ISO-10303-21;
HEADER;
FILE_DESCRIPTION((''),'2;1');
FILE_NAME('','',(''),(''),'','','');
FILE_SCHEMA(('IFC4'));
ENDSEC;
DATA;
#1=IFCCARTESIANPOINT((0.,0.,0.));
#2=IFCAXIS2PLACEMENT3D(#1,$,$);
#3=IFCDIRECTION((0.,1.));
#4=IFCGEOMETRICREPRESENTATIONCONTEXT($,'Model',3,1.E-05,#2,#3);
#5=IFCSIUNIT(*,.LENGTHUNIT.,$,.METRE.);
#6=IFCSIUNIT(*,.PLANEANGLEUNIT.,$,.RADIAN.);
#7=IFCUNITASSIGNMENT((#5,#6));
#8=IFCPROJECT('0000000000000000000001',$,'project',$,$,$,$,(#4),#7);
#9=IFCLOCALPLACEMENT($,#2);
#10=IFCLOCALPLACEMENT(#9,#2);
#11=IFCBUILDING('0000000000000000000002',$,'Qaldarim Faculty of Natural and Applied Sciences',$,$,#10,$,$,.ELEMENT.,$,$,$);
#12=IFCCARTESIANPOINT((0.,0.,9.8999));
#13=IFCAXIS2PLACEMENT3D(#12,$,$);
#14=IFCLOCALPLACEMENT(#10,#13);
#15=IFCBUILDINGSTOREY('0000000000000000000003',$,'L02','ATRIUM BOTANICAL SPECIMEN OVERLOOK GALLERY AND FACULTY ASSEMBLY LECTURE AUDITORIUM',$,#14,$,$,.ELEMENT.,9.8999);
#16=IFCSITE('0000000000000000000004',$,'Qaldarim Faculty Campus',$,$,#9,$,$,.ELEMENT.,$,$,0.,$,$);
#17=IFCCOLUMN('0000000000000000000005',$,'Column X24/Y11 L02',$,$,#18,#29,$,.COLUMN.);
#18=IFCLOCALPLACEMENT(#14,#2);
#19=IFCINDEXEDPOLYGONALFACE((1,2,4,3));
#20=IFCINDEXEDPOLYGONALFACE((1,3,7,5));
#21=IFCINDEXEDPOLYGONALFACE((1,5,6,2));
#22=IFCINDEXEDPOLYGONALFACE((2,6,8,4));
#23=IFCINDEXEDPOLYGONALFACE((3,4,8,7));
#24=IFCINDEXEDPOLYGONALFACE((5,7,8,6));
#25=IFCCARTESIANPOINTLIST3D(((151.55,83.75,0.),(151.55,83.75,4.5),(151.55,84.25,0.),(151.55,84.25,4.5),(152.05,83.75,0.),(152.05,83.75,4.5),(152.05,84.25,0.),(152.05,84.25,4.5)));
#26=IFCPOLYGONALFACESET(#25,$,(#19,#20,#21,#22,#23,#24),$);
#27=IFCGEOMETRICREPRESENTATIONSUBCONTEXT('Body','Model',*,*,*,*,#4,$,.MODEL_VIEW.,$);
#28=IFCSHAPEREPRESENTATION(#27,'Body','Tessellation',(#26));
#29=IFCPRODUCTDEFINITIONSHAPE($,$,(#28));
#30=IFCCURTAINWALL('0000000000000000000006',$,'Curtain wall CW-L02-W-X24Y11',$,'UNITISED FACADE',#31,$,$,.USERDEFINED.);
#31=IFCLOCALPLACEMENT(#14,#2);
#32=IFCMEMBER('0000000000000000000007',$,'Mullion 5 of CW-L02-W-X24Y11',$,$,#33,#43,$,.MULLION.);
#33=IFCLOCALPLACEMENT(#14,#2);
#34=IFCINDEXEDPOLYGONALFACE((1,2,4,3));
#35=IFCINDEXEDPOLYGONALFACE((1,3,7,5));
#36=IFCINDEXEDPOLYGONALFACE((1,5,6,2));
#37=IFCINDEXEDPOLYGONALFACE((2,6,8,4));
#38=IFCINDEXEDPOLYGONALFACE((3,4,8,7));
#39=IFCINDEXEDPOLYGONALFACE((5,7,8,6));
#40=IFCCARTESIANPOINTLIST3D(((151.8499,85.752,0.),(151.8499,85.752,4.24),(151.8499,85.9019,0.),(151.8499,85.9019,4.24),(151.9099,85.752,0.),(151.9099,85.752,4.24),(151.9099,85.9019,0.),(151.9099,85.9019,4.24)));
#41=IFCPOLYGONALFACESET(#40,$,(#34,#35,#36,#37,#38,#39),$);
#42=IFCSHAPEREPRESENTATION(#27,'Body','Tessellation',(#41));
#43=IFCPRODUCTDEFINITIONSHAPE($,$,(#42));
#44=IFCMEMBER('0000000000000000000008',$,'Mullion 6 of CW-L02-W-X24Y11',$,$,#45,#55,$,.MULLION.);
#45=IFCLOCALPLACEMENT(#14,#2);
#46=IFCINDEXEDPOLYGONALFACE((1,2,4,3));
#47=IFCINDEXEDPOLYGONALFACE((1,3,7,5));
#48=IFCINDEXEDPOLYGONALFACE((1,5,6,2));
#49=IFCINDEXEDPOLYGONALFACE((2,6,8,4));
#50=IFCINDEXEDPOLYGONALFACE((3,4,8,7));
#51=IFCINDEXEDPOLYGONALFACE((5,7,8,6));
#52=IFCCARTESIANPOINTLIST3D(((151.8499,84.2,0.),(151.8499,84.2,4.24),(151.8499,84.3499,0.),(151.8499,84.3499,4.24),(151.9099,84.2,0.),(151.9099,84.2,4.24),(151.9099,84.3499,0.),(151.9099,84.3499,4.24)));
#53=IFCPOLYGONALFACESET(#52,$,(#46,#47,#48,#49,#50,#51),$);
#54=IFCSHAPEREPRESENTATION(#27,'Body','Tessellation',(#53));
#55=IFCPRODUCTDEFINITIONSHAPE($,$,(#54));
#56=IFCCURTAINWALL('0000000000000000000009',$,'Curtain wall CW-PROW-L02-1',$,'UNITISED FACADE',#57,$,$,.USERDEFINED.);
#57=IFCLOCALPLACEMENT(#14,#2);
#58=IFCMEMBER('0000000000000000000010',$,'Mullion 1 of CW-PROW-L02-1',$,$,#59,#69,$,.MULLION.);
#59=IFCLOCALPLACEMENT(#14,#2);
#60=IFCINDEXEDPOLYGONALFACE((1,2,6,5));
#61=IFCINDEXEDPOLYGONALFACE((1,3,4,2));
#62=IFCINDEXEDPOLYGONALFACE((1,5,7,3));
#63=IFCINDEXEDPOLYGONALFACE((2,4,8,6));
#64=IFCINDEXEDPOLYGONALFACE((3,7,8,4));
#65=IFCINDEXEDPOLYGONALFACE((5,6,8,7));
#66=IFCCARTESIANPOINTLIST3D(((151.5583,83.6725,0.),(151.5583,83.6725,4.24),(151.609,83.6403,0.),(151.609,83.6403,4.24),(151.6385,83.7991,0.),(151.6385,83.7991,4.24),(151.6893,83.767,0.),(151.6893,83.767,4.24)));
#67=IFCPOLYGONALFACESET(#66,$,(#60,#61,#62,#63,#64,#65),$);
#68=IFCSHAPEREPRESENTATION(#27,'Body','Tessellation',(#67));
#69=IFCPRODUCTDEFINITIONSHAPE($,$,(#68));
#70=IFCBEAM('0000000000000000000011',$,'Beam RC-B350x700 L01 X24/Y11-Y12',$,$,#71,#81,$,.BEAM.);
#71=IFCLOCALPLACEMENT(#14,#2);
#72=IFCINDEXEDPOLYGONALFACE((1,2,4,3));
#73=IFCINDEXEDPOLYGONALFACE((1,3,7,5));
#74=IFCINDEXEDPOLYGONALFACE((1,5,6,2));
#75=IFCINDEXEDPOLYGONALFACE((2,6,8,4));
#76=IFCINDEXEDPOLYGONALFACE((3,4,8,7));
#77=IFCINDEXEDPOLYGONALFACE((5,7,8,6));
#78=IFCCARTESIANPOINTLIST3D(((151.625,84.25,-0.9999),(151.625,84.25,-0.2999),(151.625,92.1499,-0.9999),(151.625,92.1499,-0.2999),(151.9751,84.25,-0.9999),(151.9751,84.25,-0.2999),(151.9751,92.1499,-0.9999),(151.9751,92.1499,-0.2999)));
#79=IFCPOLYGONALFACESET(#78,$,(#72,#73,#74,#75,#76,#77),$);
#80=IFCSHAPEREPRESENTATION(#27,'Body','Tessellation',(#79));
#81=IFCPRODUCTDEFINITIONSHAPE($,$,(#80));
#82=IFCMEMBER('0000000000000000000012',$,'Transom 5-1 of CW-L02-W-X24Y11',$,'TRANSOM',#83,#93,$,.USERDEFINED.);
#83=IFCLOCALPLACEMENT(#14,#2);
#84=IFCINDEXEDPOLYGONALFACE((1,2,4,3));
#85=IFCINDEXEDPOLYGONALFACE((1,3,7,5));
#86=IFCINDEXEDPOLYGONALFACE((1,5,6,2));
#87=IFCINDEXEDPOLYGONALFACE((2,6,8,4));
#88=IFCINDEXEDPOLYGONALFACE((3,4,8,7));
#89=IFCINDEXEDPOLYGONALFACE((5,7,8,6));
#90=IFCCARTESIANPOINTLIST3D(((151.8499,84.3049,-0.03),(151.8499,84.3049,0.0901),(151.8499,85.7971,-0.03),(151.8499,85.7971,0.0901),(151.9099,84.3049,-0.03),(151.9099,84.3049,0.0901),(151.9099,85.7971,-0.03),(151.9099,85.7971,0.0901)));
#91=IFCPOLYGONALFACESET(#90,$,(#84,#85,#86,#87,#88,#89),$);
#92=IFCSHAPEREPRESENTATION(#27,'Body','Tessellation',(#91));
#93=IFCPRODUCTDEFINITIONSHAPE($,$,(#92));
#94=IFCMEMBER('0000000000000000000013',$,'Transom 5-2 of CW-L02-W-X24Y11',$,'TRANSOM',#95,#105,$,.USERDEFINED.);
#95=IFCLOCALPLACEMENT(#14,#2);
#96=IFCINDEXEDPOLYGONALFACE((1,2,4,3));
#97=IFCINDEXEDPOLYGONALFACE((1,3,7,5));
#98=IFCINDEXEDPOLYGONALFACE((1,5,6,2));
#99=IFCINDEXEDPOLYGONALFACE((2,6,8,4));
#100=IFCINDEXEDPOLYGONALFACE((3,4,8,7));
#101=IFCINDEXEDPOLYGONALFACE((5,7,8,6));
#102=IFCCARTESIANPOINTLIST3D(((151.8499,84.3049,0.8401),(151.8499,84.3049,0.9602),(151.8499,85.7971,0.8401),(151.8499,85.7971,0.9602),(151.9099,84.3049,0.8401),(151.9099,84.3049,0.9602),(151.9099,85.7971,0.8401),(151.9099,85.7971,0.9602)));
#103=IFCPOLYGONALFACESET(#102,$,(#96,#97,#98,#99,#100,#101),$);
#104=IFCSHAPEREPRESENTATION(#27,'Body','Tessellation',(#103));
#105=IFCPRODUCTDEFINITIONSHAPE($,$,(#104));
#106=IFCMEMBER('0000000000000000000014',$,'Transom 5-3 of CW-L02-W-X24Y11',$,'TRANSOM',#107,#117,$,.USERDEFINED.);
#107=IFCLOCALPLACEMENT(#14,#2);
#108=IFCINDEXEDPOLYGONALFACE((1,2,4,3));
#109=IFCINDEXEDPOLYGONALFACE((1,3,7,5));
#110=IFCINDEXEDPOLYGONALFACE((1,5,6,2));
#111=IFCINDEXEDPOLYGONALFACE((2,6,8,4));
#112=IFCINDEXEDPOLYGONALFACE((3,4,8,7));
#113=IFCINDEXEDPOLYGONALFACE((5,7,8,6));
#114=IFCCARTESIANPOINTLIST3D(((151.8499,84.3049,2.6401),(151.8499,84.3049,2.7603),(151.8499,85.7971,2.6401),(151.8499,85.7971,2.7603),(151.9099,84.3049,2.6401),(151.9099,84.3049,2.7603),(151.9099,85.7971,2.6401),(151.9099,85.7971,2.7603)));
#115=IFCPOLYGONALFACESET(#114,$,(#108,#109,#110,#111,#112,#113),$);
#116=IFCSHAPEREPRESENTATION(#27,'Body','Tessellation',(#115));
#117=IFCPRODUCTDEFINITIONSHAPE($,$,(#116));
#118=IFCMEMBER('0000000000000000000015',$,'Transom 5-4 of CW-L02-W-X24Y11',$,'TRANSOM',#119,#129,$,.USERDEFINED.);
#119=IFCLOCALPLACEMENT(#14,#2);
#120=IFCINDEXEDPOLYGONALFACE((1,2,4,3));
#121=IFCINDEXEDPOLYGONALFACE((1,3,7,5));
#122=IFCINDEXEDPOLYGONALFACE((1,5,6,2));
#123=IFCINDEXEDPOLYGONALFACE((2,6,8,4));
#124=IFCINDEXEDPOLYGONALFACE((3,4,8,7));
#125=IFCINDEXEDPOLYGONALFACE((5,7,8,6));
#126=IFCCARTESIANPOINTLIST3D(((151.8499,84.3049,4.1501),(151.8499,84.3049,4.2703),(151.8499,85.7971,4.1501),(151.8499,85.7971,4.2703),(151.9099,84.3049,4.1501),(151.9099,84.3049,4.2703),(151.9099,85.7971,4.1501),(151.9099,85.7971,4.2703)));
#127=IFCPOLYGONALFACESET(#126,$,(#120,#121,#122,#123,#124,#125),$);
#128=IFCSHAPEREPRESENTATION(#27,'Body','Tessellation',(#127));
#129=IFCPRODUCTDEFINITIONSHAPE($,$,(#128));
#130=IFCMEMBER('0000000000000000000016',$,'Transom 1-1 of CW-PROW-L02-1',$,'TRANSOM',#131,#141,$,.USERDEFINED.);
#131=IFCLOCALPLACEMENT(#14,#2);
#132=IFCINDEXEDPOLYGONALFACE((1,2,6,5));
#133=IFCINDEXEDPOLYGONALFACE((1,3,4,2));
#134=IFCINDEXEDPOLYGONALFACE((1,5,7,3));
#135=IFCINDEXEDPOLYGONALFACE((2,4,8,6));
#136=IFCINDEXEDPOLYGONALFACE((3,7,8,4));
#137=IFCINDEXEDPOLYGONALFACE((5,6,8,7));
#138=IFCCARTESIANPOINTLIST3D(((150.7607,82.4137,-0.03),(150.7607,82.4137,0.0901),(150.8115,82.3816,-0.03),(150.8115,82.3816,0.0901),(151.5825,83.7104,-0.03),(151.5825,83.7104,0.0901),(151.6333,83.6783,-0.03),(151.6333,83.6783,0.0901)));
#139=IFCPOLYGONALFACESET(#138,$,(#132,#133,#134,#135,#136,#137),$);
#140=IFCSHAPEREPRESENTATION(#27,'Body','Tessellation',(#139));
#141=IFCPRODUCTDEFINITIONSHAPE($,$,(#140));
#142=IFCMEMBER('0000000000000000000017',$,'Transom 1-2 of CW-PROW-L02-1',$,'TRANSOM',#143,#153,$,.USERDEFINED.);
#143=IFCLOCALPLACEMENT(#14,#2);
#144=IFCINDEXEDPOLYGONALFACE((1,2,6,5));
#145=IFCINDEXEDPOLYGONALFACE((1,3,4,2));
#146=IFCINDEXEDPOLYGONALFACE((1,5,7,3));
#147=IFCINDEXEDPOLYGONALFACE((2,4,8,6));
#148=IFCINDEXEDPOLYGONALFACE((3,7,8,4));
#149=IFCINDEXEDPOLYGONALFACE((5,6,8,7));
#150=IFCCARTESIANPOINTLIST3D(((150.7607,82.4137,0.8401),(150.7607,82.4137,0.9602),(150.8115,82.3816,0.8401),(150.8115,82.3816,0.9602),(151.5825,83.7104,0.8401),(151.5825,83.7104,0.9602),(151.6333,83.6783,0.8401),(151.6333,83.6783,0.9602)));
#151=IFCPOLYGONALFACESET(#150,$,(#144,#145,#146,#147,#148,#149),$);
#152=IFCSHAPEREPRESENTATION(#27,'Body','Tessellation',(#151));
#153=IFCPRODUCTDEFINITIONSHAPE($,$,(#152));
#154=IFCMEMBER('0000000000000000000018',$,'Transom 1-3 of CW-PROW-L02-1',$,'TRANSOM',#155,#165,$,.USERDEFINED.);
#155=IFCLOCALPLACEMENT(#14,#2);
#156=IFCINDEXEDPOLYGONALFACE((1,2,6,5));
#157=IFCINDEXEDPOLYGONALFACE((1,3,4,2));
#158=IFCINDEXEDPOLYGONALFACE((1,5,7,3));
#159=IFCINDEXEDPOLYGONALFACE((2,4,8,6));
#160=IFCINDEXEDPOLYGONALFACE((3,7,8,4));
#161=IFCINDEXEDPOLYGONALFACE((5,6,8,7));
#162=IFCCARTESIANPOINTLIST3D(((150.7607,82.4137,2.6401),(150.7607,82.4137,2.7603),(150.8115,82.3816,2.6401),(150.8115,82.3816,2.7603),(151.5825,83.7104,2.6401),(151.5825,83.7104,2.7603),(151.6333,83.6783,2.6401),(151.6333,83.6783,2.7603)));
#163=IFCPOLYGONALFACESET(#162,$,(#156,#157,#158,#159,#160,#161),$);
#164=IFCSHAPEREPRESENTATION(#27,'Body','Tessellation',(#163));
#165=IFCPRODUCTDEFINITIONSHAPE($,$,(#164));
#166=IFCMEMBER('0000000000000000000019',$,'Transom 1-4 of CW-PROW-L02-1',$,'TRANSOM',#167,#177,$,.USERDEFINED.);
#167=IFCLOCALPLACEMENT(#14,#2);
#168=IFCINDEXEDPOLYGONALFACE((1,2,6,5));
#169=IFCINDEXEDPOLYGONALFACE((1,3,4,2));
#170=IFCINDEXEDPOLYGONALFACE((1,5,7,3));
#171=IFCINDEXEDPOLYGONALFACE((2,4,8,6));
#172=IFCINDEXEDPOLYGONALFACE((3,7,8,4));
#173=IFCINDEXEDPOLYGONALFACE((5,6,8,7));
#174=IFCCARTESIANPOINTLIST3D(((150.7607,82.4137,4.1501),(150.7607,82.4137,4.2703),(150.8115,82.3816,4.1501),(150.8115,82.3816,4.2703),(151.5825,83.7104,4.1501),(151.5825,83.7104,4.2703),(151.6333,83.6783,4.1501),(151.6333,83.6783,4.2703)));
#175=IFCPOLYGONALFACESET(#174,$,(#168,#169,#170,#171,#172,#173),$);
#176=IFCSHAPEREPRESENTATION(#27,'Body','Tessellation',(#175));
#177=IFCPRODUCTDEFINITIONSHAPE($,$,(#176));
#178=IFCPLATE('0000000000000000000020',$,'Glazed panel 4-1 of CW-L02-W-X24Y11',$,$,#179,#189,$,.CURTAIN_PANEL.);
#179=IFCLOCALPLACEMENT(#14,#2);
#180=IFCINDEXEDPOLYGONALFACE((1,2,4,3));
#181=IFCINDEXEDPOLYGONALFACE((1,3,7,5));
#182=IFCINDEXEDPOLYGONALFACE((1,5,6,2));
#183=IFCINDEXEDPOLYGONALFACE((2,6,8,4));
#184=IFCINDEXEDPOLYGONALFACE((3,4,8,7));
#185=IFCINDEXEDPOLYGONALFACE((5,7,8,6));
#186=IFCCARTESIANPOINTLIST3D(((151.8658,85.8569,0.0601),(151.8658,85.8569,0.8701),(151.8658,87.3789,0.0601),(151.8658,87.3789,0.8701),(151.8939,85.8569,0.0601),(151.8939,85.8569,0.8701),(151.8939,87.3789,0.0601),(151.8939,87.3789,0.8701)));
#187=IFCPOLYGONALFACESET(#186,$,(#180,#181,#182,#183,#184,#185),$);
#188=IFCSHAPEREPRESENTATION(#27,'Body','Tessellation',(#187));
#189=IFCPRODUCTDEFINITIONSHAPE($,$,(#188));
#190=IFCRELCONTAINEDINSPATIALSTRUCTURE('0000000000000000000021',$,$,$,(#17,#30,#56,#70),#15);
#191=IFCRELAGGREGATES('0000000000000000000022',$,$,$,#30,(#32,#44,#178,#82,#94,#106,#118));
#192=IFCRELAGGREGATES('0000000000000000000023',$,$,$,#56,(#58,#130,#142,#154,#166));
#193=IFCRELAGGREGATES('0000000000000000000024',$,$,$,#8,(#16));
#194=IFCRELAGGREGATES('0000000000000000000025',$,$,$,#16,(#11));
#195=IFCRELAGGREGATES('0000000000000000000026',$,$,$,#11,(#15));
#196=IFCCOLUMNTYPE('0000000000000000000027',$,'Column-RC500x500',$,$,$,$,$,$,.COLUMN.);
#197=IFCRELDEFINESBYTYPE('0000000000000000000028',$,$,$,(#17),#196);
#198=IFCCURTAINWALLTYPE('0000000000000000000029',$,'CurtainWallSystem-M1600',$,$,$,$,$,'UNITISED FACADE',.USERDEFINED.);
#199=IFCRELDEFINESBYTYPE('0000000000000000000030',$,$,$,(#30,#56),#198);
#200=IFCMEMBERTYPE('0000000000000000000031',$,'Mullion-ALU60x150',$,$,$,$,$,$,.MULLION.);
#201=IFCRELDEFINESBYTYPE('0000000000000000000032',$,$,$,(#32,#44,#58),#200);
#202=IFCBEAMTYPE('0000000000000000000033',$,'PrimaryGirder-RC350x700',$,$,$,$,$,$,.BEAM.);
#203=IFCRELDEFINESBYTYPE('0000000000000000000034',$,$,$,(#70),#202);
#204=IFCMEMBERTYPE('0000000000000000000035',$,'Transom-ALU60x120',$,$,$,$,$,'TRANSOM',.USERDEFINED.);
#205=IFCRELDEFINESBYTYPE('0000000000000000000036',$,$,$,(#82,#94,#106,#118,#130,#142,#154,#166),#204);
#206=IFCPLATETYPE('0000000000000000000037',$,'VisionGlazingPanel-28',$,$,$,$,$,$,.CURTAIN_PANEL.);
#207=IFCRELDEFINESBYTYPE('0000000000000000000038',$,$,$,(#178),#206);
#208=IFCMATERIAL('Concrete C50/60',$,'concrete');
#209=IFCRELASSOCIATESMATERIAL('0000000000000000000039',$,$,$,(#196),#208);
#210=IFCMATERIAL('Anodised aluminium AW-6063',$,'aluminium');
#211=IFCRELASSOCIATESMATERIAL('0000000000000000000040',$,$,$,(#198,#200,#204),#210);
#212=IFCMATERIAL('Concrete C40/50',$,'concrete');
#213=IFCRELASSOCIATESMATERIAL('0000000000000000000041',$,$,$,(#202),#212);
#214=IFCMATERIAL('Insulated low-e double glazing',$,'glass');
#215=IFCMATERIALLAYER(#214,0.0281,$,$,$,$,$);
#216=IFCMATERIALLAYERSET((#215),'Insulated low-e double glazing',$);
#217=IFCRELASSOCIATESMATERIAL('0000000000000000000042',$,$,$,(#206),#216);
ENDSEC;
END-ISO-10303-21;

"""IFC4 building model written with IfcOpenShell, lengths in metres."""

from ifc_helpers import new_model, si_unit, direction, frame, origin, origin_2d, place, context, subcontext, project, spatial, rectangle, extrude, material, layer, layer_set, material_profile, profile_set, type_object, element, aggregate, save


model = new_model("IFC4")

# Units and contexts
model_context = context("Model", 3, precision=1e-05, world=origin(), true_north=direction((0.0, 1.0)))
body_context = subcontext(model_context, "Body", "Model", "MODEL_VIEW")
ifc_project = project(units=[si_unit("LENGTHUNIT", "METRE"), si_unit("PLANEANGLEUNIT", "RADIAN")], contexts=[model_context])

# Site, building, storey
site_placement = place(None, origin())
site = spatial("IfcSite", under=ifc_project, at=site_placement, Name="Qaldarim Faculty Campus", CompositionType="ELEMENT", RefElevation=0.0)
building_placement = place(site_placement, origin())
building = spatial("IfcBuilding", under=site, at=building_placement, Name="Qaldarim Faculty of Natural and Applied Sciences", CompositionType="ELEMENT")
storey_placement = place(building_placement, frame((0.0, 0.0, 9.8999)))
storey = spatial("IfcBuildingStorey", under=building, at=storey_placement, Name="L02", Description="ATRIUM BOTANICAL SPECIMEN OVERLOOK GALLERY AND FACULTY ASSEMBLY LECTURE AUDITORIUM", CompositionType="ELEMENT", Elevation=9.8999)

# Column
ifc_material_1 = material(Name="Concrete C50/60", Category="concrete")
ifc_material_profile_1 = material_profile(ifc_material_1, rectangle(XDim=0.5, YDim=0.5, at=origin_2d()), Name="RC-C500x500")
ifc_profile_set_1 = profile_set([ifc_material_profile_1], Name="Concrete C50/60")
column_type = type_object("IfcColumnType", Name="Column-RC500x500", PredefinedType="COLUMN", material=ifc_profile_set_1)
column_placement = place(storey_placement, frame((151.8, 84.0, 0.0), z_axis=(0.0, 0.0, 1.0), x_axis=(1.0, 0.0, 0.0)))
element("IfcColumn", 1, at=column_placement, inside=storey, type_object=column_type, Name="Column X24/Y11 L02", PredefinedType="COLUMN", context=body_context, shape_type="SweptSolid", body=[
    extrude(rectangle(XDim=0.5, YDim=0.5, at=origin_2d()), origin(), (0.0, 0.0, 1.0), 4.5),
])

# Curtain wall, members
ifc_material_2 = material(Name="Anodised aluminium AW-6063", Category="aluminium")
curtain_wall_type = type_object("IfcCurtainWallType", Name="CurtainWallSystem-M1600", ElementType="UNITISED FACADE", PredefinedType="USERDEFINED", material=ifc_material_2)
curtain_wall_1_placement = place(storey_placement, origin())
curtain_wall_1 = element("IfcCurtainWall", 2, at=curtain_wall_1_placement, inside=storey, type_object=curtain_wall_type, Name="Curtain wall CW-L02-W-X24Y11", ObjectType="UNITISED FACADE", PredefinedType="USERDEFINED")
ifc_material_profile_2 = material_profile(ifc_material_2, rectangle(XDim=0.0601, YDim=0.1499, at=origin_2d()), Name="ALU-M60x150")
ifc_profile_set_2 = profile_set([ifc_material_profile_2], Name="Anodised aluminium AW-6063")
member_type_1 = type_object("IfcMemberType", Name="Mullion-ALU60x150", PredefinedType="MULLION", material=ifc_profile_set_2)
member_1_placement = place(storey_placement, frame((151.8799, 85.8269, 0.0), z_axis=(0.0, 0.0, 1.0), x_axis=(1.0, 0.0, 0.0)))
member_1 = element("IfcMember", 3, at=member_1_placement, type_object=member_type_1, Name="Mullion 5 of CW-L02-W-X24Y11", PredefinedType="MULLION", context=body_context, shape_type="SweptSolid", body=[
    extrude(rectangle(XDim=0.0601, YDim=0.1499, at=origin_2d()), origin(), (0.0, 0.0, 1.0), 4.24),
])
member_2_placement = place(storey_placement, frame((151.8799, 84.2749, 0.0), z_axis=(0.0, 0.0, 1.0), x_axis=(1.0, 0.0, 0.0)))
member_2 = element("IfcMember", 4, at=member_2_placement, type_object=member_type_1, Name="Mullion 6 of CW-L02-W-X24Y11", PredefinedType="MULLION", context=body_context, shape_type="SweptSolid", body=[
    extrude(rectangle(XDim=0.0601, YDim=0.1499, at=origin_2d()), origin(), (0.0, 0.0, 1.0), 4.24),
])

# Curtain wall, member
curtain_wall_2_placement = place(storey_placement, origin())
curtain_wall_2 = element("IfcCurtainWall", 5, at=curtain_wall_2_placement, inside=storey, type_object=curtain_wall_type, Name="Curtain wall CW-PROW-L02-1", ObjectType="UNITISED FACADE", PredefinedType="USERDEFINED")
member_3_placement = place(storey_placement, frame((151.6238, 83.7197, 0.0), z_axis=(0.0, 0.0, 1.0), x_axis=(0.844608, -0.535385, 0.0)))
member_3 = element("IfcMember", 6, at=member_3_placement, type_object=member_type_1, Name="Mullion 1 of CW-PROW-L02-1", PredefinedType="MULLION", context=body_context, shape_type="SweptSolid", body=[
    extrude(rectangle(XDim=0.0601, YDim=0.1499, at=origin_2d()), origin(), (0.0, 0.0, 1.0), 4.24),
])

# Beam
ifc_material_3 = material(Name="Concrete C40/50", Category="concrete")
ifc_material_profile_3 = material_profile(ifc_material_3, rectangle(XDim=0.3501, YDim=0.7, at=origin_2d()), Name="RC-B350x700")
ifc_profile_set_3 = profile_set([ifc_material_profile_3], Name="Concrete C40/50")
beam_type = type_object("IfcBeamType", Name="PrimaryGirder-RC350x700", PredefinedType="BEAM", material=ifc_profile_set_3)
beam_placement = place(storey_placement, frame((151.8, 84.25, -0.6499), z_axis=(0.0, 1.0, 0.0), x_axis=(-1.0, 0.0, 0.0)))
element("IfcBeam", 7, at=beam_placement, inside=storey, type_object=beam_type, Name="Beam RC-B350x700 L01 X24/Y11-Y12", PredefinedType="BEAM", context=body_context, shape_type="SweptSolid", body=[
    extrude(rectangle(XDim=0.3501, YDim=0.7, at=origin_2d()), origin(), (0.0, 0.0, 1.0), 7.8999),
])

# Members
ifc_material_profile_4 = material_profile(ifc_material_2, rectangle(XDim=0.0601, YDim=0.1201, at=origin_2d()), Name="ALU-T60x120")
ifc_profile_set_4 = profile_set([ifc_material_profile_4], Name="Anodised aluminium AW-6063")
member_type_2 = type_object("IfcMemberType", Name="Transom-ALU60x120", ElementType="TRANSOM", PredefinedType="USERDEFINED", material=ifc_profile_set_4)
member_4_placement = place(storey_placement, frame((151.8799, 85.7971, 0.03), z_axis=(0.0, -1.0, 0.0), x_axis=(1.0, 0.0, 0.0)))
member_4 = element("IfcMember", 8, at=member_4_placement, type_object=member_type_2, Name="Transom 5-1 of CW-L02-W-X24Y11", ObjectType="TRANSOM", PredefinedType="USERDEFINED", context=body_context, shape_type="SweptSolid", body=[
    extrude(rectangle(XDim=0.0601, YDim=0.1201, at=origin_2d()), origin(), (0.0, 0.0, 1.0), 1.4922),
])
member_5_placement = place(storey_placement, frame((151.8799, 85.7971, 0.9001), z_axis=(0.0, -1.0, 0.0), x_axis=(1.0, 0.0, 0.0)))
member_5 = element("IfcMember", 9, at=member_5_placement, type_object=member_type_2, Name="Transom 5-2 of CW-L02-W-X24Y11", ObjectType="TRANSOM", PredefinedType="USERDEFINED", context=body_context, shape_type="SweptSolid", body=[
    extrude(rectangle(XDim=0.0601, YDim=0.1201, at=origin_2d()), origin(), (0.0, 0.0, 1.0), 1.4922),
])
member_6_placement = place(storey_placement, frame((151.8799, 85.7971, 2.7002), z_axis=(0.0, -1.0, 0.0), x_axis=(1.0, 0.0, 0.0)))
member_6 = element("IfcMember", 10, at=member_6_placement, type_object=member_type_2, Name="Transom 5-3 of CW-L02-W-X24Y11", ObjectType="TRANSOM", PredefinedType="USERDEFINED", context=body_context, shape_type="SweptSolid", body=[
    extrude(rectangle(XDim=0.0601, YDim=0.1201, at=origin_2d()), origin(), (0.0, 0.0, 1.0), 1.4922),
])
member_7_placement = place(storey_placement, frame((151.8799, 85.7971, 4.2102), z_axis=(0.0, -1.0, 0.0), x_axis=(1.0, 0.0, 0.0)))
member_7 = element("IfcMember", 11, at=member_7_placement, type_object=member_type_2, Name="Transom 5-4 of CW-L02-W-X24Y11", ObjectType="TRANSOM", PredefinedType="USERDEFINED", context=body_context, shape_type="SweptSolid", body=[
    extrude(rectangle(XDim=0.0601, YDim=0.1201, at=origin_2d()), origin(), (0.0, 0.0, 1.0), 1.4922),
])
member_8_placement = place(storey_placement, frame((151.6079, 83.6943, 0.03), z_axis=(-0.535321, -0.844649, 0.0), x_axis=(0.844649, -0.535321, 0.0)))
member_8 = element("IfcMember", 12, at=member_8_placement, type_object=member_type_2, Name="Transom 1-1 of CW-PROW-L02-1", ObjectType="TRANSOM", PredefinedType="USERDEFINED", context=body_context, shape_type="SweptSolid", body=[
    extrude(rectangle(XDim=0.0601, YDim=0.1201, at=origin_2d()), origin(), (0.0, 0.0, 1.0), 1.5352),
])
member_9_placement = place(storey_placement, frame((151.6079, 83.6943, 0.9001), z_axis=(-0.535321, -0.844649, 0.0), x_axis=(0.844649, -0.535321, 0.0)))
member_9 = element("IfcMember", 13, at=member_9_placement, type_object=member_type_2, Name="Transom 1-2 of CW-PROW-L02-1", ObjectType="TRANSOM", PredefinedType="USERDEFINED", context=body_context, shape_type="SweptSolid", body=[
    extrude(rectangle(XDim=0.0601, YDim=0.1201, at=origin_2d()), origin(), (0.0, 0.0, 1.0), 1.5352),
])
member_10_placement = place(storey_placement, frame((151.6079, 83.6943, 2.7002), z_axis=(-0.535321, -0.844649, 0.0), x_axis=(0.844649, -0.535321, 0.0)))
member_10 = element("IfcMember", 14, at=member_10_placement, type_object=member_type_2, Name="Transom 1-3 of CW-PROW-L02-1", ObjectType="TRANSOM", PredefinedType="USERDEFINED", context=body_context, shape_type="SweptSolid", body=[
    extrude(rectangle(XDim=0.0601, YDim=0.1201, at=origin_2d()), origin(), (0.0, 0.0, 1.0), 1.5352),
])
member_11_placement = place(storey_placement, frame((151.6079, 83.6943, 4.2102), z_axis=(-0.535321, -0.844649, 0.0), x_axis=(0.844649, -0.535321, 0.0)))
member_11 = element("IfcMember", 15, at=member_11_placement, type_object=member_type_2, Name="Transom 1-4 of CW-PROW-L02-1", ObjectType="TRANSOM", PredefinedType="USERDEFINED", context=body_context, shape_type="SweptSolid", body=[
    extrude(rectangle(XDim=0.0601, YDim=0.1201, at=origin_2d()), origin(), (0.0, 0.0, 1.0), 1.5352),
])

# Plate
ifc_material_4 = material(Name="Insulated low-e double glazing", Category="glass")
ifc_layer = layer(ifc_material_4, 0.0281)
ifc_layer_set = layer_set([ifc_layer], Name="Insulated low-e double glazing")
plate_type = type_object("IfcPlateType", Name="VisionGlazingPanel-28", PredefinedType="CURTAIN_PANEL", material=ifc_layer_set)
plate_1_placement = place(storey_placement, frame((151.8799, 86.6179, 0.0601), z_axis=(0.0, 0.0, 1.0), x_axis=(0.0, -1.0, 0.0)))
plate_1 = element("IfcPlate", 16, at=plate_1_placement, type_object=plate_type, Name="Glazed panel 4-1 of CW-L02-W-X24Y11", PredefinedType="CURTAIN_PANEL", context=body_context, shape_type="SweptSolid", body=[
    extrude(rectangle(XDim=1.522, YDim=0.0281, at=origin_2d()), origin(), (0.0, 0.0, 1.0), 0.8101),
])
aggregate(curtain_wall_1, [member_1, member_2, plate_1, member_4, member_5, member_6, member_7])
aggregate(curtain_wall_2, [member_3, member_8, member_9, member_10, member_11])

save(model, "model.ifc")
